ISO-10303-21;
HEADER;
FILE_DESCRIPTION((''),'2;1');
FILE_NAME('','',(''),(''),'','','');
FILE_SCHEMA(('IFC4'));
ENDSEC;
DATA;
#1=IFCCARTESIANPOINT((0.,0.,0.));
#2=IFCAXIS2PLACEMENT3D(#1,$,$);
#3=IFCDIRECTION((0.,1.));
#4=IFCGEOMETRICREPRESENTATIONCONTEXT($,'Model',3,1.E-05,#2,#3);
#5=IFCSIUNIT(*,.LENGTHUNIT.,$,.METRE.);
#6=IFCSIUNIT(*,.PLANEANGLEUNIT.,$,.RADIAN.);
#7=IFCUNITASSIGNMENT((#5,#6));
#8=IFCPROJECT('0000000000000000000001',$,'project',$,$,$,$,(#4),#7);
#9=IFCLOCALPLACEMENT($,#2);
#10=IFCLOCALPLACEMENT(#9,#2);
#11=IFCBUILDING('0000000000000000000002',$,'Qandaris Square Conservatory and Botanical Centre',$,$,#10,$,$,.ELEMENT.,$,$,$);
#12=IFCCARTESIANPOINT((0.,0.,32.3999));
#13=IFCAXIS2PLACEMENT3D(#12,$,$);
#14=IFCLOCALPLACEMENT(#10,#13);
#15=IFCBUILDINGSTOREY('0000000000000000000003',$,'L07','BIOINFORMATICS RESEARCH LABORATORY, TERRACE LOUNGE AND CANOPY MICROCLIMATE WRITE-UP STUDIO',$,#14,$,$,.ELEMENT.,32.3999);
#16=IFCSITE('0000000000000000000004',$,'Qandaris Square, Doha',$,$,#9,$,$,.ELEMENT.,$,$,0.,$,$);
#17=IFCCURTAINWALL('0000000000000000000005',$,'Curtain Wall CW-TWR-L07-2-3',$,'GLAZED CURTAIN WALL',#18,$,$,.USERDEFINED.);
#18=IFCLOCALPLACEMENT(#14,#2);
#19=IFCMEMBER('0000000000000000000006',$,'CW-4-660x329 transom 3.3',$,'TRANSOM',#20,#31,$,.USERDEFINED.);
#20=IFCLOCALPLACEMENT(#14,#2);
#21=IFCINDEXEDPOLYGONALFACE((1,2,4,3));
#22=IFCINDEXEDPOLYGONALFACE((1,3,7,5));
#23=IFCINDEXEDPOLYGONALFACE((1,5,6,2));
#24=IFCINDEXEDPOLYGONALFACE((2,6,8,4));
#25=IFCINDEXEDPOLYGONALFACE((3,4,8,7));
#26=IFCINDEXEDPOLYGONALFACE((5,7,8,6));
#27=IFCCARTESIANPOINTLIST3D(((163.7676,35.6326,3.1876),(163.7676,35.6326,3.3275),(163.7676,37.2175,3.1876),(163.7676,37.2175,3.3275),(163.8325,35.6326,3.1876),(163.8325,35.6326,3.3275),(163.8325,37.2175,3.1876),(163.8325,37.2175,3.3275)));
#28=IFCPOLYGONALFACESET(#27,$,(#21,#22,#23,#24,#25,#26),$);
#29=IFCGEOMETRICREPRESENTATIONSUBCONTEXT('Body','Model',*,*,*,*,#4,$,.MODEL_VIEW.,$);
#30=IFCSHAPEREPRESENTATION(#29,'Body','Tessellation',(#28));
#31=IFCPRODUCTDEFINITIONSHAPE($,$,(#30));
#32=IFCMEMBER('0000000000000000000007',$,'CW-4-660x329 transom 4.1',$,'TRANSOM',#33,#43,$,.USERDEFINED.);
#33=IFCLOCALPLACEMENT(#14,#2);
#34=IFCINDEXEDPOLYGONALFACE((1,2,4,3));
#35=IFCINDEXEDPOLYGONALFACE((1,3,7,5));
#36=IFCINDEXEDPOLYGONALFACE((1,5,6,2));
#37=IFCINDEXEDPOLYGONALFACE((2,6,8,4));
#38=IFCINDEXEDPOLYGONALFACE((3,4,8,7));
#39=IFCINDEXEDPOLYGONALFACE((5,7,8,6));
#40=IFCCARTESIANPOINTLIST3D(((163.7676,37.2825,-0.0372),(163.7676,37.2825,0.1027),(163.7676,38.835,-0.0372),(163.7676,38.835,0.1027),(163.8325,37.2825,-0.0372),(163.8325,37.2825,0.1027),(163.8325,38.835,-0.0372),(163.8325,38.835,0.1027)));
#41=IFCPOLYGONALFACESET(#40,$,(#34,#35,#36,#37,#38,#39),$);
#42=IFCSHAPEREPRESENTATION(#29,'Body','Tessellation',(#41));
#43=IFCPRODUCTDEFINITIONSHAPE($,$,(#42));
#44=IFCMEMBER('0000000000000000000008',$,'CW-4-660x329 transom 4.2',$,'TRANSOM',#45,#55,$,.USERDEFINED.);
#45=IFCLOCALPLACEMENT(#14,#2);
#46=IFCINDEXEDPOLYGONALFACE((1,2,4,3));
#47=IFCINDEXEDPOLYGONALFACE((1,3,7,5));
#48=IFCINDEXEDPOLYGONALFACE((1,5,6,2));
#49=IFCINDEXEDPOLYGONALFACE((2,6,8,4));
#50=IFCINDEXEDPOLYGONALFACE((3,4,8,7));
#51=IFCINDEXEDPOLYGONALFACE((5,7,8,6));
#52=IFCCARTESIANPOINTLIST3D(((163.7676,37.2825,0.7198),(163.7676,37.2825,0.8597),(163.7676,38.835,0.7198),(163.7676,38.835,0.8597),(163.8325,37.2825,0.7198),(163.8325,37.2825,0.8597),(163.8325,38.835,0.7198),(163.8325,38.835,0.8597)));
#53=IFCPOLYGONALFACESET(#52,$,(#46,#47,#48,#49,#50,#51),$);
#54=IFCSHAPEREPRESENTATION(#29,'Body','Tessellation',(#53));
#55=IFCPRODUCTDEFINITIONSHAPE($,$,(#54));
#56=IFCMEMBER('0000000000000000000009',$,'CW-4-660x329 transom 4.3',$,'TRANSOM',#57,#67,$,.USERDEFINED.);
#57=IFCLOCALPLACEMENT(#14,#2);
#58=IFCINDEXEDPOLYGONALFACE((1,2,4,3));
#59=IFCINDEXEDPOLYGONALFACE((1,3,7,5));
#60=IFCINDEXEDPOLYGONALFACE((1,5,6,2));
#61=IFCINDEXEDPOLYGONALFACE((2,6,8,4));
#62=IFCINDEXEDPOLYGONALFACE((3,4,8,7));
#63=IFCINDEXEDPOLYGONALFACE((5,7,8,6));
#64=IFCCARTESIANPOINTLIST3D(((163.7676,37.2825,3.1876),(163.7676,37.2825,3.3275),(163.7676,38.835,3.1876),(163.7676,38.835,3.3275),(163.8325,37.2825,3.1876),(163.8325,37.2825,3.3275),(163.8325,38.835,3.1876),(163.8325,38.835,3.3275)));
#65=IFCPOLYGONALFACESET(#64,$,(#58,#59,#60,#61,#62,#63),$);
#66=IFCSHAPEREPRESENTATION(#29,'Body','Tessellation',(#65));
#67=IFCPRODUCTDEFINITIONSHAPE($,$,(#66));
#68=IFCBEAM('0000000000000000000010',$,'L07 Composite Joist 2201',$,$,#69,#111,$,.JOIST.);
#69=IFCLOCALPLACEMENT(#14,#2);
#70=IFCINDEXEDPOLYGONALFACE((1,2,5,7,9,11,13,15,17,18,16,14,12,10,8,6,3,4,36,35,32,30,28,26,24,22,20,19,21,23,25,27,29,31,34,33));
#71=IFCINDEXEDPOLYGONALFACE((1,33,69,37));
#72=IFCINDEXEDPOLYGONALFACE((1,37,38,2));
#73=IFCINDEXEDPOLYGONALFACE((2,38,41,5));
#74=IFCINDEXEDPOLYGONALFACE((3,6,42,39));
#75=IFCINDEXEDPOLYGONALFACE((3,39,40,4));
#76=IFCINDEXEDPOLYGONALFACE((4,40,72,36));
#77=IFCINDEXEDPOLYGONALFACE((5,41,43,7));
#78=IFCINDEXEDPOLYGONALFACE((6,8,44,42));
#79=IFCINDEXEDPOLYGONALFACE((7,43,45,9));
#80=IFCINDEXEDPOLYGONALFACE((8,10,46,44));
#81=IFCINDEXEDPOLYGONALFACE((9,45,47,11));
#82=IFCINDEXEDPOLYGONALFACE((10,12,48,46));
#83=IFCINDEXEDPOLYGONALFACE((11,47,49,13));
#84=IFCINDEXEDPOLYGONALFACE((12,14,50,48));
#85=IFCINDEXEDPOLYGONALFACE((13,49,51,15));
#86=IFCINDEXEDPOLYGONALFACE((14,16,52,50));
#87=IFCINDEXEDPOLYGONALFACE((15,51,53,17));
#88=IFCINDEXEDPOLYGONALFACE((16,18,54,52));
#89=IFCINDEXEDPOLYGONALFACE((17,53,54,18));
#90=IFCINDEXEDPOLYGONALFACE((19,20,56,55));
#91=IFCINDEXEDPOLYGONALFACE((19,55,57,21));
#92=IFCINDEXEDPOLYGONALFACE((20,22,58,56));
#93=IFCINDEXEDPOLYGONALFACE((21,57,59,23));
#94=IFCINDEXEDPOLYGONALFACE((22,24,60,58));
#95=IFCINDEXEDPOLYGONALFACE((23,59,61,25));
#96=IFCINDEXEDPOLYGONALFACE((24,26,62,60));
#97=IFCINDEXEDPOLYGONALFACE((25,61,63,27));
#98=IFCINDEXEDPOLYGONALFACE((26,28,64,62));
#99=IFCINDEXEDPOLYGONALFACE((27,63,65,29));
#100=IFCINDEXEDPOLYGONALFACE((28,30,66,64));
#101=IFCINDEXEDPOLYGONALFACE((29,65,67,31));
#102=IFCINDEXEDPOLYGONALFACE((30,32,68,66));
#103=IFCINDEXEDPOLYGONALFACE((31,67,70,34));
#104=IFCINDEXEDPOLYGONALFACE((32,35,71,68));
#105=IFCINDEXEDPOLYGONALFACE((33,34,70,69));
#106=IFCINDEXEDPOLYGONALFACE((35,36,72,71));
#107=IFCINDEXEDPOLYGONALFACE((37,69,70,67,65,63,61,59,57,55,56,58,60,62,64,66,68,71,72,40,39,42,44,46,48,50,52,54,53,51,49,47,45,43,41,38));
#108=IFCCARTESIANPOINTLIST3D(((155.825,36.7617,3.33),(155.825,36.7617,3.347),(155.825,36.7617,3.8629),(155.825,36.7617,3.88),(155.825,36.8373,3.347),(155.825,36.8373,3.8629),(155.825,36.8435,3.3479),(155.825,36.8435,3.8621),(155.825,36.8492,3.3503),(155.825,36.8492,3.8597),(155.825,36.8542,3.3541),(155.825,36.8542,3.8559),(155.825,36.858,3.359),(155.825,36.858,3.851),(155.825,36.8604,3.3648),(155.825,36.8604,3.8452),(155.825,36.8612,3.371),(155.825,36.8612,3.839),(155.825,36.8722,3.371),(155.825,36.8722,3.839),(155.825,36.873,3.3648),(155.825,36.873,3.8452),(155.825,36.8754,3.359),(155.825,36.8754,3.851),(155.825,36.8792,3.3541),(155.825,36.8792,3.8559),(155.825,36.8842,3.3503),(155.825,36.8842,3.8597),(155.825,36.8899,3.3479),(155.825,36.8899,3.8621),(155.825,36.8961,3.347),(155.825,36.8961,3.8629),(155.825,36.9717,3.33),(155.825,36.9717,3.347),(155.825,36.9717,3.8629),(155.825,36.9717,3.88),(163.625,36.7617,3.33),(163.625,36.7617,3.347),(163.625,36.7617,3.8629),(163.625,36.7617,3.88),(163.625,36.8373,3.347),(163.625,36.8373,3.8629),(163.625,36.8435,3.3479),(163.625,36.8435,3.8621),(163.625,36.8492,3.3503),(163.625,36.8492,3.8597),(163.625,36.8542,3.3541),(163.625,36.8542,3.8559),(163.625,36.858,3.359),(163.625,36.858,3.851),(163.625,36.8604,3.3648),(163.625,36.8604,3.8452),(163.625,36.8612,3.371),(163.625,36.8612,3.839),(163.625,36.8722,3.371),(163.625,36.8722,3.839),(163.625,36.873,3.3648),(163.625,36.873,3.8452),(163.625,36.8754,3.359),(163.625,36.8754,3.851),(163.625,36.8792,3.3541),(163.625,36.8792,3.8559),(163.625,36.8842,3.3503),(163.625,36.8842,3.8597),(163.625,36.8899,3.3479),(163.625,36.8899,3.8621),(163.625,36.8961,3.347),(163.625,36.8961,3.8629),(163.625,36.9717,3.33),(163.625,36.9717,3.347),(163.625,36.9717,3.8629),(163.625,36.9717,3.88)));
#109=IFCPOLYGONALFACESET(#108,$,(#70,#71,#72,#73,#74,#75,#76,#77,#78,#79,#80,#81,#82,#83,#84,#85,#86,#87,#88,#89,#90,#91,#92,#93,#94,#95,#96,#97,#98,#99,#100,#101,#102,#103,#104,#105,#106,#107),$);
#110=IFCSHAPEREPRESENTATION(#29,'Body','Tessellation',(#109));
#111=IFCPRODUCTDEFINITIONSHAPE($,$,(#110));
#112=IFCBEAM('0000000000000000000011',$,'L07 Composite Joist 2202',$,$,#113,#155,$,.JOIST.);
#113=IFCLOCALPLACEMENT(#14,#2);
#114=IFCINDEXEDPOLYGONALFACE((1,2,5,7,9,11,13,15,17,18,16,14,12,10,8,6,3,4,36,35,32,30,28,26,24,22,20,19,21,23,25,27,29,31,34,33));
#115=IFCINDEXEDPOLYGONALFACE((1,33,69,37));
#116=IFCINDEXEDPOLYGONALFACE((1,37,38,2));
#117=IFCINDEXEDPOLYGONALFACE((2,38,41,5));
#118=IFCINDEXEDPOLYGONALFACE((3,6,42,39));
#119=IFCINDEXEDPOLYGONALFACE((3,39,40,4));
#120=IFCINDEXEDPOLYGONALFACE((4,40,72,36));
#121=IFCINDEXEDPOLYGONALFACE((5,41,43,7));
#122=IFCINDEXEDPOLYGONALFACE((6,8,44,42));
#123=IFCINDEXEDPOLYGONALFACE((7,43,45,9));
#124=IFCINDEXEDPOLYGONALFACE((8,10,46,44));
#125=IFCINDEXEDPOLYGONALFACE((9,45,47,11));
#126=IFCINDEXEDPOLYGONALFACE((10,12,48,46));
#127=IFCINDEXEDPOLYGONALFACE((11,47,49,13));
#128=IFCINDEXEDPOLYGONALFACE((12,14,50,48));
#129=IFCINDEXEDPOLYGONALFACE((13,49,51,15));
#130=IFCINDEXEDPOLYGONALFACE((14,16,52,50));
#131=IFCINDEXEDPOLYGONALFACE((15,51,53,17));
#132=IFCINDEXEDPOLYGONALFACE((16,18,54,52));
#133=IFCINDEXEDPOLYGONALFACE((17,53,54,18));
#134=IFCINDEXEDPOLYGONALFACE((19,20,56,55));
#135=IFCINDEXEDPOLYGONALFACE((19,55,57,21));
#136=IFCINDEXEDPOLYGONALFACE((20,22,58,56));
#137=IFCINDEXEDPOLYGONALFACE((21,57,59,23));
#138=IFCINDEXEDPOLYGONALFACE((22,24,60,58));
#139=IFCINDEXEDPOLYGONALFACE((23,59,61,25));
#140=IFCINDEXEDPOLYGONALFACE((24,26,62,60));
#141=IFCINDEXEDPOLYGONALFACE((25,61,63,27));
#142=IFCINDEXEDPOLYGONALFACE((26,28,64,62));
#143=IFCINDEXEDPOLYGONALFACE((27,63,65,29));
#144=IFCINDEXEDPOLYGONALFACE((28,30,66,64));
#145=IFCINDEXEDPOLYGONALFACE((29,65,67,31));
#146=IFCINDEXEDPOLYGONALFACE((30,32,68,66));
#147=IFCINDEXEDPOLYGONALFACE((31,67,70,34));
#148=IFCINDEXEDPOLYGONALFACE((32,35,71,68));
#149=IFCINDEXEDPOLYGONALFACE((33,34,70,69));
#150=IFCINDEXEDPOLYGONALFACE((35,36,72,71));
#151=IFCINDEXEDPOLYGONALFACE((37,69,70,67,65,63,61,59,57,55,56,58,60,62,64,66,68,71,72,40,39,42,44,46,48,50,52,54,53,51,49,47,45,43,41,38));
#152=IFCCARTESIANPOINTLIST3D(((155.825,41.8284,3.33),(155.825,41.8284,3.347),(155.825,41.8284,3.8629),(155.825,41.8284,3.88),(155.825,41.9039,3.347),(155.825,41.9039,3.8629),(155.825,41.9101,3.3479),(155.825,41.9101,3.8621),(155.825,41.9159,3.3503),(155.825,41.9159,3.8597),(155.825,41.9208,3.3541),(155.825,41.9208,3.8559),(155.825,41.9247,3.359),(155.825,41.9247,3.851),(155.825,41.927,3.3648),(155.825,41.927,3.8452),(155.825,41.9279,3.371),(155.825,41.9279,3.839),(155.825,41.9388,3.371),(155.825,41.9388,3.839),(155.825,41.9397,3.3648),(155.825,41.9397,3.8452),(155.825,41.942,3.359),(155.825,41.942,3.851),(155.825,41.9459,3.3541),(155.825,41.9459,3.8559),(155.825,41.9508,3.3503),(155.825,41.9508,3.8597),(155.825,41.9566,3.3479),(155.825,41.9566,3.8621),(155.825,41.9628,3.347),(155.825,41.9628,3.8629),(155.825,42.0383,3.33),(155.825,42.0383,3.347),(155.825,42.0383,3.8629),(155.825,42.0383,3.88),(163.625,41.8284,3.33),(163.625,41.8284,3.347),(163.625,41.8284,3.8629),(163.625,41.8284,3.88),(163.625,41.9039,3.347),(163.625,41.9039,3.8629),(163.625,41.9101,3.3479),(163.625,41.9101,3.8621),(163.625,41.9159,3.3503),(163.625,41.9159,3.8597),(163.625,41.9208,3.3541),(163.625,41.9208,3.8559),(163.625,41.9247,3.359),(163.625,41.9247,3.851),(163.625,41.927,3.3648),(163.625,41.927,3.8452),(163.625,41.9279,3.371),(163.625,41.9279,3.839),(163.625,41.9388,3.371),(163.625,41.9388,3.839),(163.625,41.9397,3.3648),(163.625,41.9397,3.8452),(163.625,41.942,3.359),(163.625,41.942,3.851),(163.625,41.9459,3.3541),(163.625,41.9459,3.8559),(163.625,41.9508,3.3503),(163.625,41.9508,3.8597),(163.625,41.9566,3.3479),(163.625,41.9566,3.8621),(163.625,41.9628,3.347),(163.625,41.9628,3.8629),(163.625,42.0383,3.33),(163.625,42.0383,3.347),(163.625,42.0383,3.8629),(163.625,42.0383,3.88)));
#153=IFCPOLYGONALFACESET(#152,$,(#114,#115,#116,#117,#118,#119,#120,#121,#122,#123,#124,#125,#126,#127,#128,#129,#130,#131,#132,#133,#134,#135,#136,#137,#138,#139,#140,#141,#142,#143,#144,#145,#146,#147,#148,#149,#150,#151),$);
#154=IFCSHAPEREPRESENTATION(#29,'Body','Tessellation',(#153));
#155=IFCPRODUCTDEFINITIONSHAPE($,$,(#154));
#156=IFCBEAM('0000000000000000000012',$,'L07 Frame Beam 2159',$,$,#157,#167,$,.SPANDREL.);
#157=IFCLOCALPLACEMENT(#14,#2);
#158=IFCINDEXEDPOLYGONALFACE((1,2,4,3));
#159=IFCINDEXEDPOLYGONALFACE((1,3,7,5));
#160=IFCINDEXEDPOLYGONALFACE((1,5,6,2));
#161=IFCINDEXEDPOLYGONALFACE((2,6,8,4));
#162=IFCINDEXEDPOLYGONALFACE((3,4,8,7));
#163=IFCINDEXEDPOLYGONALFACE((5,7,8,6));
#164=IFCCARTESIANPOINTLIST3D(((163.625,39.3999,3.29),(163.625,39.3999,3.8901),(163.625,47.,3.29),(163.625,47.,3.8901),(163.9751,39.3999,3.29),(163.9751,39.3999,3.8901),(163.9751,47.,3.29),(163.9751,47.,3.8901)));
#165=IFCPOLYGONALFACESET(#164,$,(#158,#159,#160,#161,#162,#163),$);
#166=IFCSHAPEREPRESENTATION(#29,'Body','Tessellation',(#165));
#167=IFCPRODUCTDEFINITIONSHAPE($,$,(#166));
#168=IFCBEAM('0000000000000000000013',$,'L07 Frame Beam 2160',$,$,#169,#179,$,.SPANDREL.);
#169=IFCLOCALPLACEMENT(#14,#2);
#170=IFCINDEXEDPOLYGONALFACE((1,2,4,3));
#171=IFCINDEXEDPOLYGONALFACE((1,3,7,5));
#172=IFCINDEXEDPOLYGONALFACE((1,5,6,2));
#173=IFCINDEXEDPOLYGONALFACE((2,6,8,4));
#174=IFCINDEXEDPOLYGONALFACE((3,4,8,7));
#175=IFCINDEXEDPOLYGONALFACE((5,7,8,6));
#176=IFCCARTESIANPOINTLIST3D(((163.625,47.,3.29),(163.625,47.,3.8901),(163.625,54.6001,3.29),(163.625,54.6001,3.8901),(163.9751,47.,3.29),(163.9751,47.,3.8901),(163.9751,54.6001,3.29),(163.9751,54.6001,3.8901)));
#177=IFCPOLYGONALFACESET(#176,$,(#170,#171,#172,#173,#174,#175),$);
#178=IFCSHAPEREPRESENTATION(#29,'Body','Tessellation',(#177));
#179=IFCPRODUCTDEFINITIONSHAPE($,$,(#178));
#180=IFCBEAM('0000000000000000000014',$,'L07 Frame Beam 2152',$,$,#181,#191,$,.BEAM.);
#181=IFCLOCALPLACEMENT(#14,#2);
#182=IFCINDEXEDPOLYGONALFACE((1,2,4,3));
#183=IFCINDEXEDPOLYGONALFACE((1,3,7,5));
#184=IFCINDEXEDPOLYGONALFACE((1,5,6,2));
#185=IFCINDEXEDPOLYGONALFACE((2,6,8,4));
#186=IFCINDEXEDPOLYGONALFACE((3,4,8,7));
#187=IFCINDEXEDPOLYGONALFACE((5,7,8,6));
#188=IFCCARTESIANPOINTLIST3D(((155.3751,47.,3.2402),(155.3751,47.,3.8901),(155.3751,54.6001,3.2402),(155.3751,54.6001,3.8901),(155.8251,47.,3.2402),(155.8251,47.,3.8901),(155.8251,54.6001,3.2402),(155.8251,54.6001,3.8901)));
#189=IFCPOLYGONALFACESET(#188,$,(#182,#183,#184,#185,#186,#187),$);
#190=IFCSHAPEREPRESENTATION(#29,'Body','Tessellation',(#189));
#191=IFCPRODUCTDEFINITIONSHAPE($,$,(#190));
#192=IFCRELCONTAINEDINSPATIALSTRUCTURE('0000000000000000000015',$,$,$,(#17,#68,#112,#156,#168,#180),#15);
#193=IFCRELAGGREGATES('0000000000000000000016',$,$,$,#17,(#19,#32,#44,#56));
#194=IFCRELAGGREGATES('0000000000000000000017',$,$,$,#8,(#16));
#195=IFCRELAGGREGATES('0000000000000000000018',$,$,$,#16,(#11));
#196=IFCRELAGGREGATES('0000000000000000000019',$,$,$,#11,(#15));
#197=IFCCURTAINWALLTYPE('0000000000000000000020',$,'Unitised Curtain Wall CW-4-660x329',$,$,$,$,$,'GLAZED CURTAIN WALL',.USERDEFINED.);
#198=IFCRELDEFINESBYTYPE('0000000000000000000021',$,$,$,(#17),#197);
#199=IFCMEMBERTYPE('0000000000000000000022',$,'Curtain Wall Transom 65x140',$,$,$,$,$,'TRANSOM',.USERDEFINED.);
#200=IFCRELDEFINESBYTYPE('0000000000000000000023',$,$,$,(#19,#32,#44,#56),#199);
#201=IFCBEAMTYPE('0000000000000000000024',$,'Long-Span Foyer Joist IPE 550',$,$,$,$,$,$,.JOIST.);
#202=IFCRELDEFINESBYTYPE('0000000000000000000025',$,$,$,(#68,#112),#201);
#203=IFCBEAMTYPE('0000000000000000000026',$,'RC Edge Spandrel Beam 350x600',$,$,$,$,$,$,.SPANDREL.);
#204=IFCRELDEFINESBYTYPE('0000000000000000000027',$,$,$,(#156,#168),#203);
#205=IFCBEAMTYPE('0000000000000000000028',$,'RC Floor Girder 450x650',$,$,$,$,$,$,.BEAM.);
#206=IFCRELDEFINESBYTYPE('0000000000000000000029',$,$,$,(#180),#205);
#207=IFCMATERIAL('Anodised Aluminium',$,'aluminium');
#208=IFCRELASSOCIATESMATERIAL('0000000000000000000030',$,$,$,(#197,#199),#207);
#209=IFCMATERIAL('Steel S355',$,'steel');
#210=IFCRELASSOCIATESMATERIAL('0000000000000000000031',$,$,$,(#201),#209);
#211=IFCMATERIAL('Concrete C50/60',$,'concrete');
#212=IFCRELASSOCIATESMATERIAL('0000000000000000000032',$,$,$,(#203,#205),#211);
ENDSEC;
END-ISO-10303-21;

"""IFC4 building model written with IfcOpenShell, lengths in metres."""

from ifc_helpers import new_model, si_unit, direction, frame, origin, origin_2d, place, context, subcontext, project, spatial, rectangle, i_section, extrude, material, material_profile, profile_set, type_object, element, aggregate, save


model = new_model("IFC4")

# Units and contexts
model_context = context("Model", 3, precision=1e-05, world=origin(), true_north=direction((0.0, 1.0)))
body_context = subcontext(model_context, "Body", "Model", "MODEL_VIEW")
ifc_project = project(units=[si_unit("LENGTHUNIT", "METRE"), si_unit("PLANEANGLEUNIT", "RADIAN")], contexts=[model_context])

# Site, building, storey
site_placement = place(None, origin())
site = spatial("IfcSite", under=ifc_project, at=site_placement, Name="Qandaris Square, Doha", CompositionType="ELEMENT", RefElevation=0.0)
building_placement = place(site_placement, origin())
building = spatial("IfcBuilding", under=site, at=building_placement, Name="Qandaris Square Conservatory and Botanical Centre", CompositionType="ELEMENT")
storey_placement = place(building_placement, frame((0.0, 0.0, 32.3999)))
storey = spatial("IfcBuildingStorey", under=building, at=storey_placement, Name="L07", Description="BIOINFORMATICS RESEARCH LABORATORY, TERRACE LOUNGE AND CANOPY MICROCLIMATE WRITE-UP STUDIO", CompositionType="ELEMENT", Elevation=32.3999)

# Shared definitions
ifc_material_1 = material(Name="Concrete C50/60", Category="concrete")

# Shared definitions
ifc_material_2 = material(Name="Steel S355", Category="steel")

# Curtain wall, members
ifc_material_3 = material(Name="Anodised Aluminium", Category="aluminium")
curtain_wall_type = type_object("IfcCurtainWallType", Name="Unitised Curtain Wall CW-4-660x329", ElementType="GLAZED CURTAIN WALL", PredefinedType="USERDEFINED", material=ifc_material_3)
curtain_wall_placement = place(storey_placement, origin())
curtain_wall = element("IfcCurtainWall", 1, at=curtain_wall_placement, inside=storey, type_object=curtain_wall_type, Name="Curtain Wall CW-TWR-L07-2-3", ObjectType="GLAZED CURTAIN WALL", PredefinedType="USERDEFINED")
ifc_material_profile_1 = material_profile(ifc_material_3, rectangle(XDim=0.0649, YDim=0.1399, at=origin_2d()), Name="ALU-TRN 65x140")
ifc_profile_set_1 = profile_set([ifc_material_profile_1], Name="Anodised Aluminium")
member_type_1 = type_object("IfcMemberType", Name="Curtain Wall Transom 65x140", ElementType="TRANSOM", PredefinedType="USERDEFINED", material=ifc_profile_set_1)
member_1_placement = place(storey_placement, frame((163.8, 35.6326, 3.2576), z_axis=(0.0, 1.0, 0.0), x_axis=(-1.0, 0.0, 0.0)))
member_1 = element("IfcMember", 2, at=member_1_placement, type_object=member_type_1, Name="CW-4-660x329 transom 3.3", ObjectType="TRANSOM", PredefinedType="USERDEFINED", context=body_context, shape_type="SweptSolid", body=[
    extrude(rectangle(XDim=0.0649, YDim=0.1399, at=origin_2d()), origin(), (0.0, 0.0, 1.0), 1.585),
])
member_2_placement = place(storey_placement, frame((163.8, 37.2825, 0.0327), z_axis=(0.0, 1.0, 0.0), x_axis=(-1.0, 0.0, 0.0)))
member_2 = element("IfcMember", 3, at=member_2_placement, type_object=member_type_1, Name="CW-4-660x329 transom 4.1", ObjectType="TRANSOM", PredefinedType="USERDEFINED", context=body_context, shape_type="SweptSolid", body=[
    extrude(rectangle(XDim=0.0649, YDim=0.1399, at=origin_2d()), origin(), (0.0, 0.0, 1.0), 1.5525),
])
member_3_placement = place(storey_placement, frame((163.8, 37.2825, 0.7898), z_axis=(0.0, 1.0, 0.0), x_axis=(-1.0, 0.0, 0.0)))
member_3 = element("IfcMember", 4, at=member_3_placement, type_object=member_type_1, Name="CW-4-660x329 transom 4.2", ObjectType="TRANSOM", PredefinedType="USERDEFINED", context=body_context, shape_type="SweptSolid", body=[
    extrude(rectangle(XDim=0.0649, YDim=0.1399, at=origin_2d()), origin(), (0.0, 0.0, 1.0), 1.5525),
])
member_4_placement = place(storey_placement, frame((163.8, 37.2825, 3.2576), z_axis=(0.0, 1.0, 0.0), x_axis=(-1.0, 0.0, 0.0)))
member_4 = element("IfcMember", 5, at=member_4_placement, type_object=member_type_1, Name="CW-4-660x329 transom 4.3", ObjectType="TRANSOM", PredefinedType="USERDEFINED", context=body_context, shape_type="SweptSolid", body=[
    extrude(rectangle(XDim=0.0649, YDim=0.1399, at=origin_2d()), origin(), (0.0, 0.0, 1.0), 1.5525),
])

# Beams
ifc_material_profile_2 = material_profile(ifc_material_2, i_section(OverallWidth=0.21, OverallDepth=0.55, WebThickness=0.011, FlangeThickness=0.0171, FilletRadius=0.0239, at=origin_2d()), Name="IPE 550")
ifc_profile_set_2 = profile_set([ifc_material_profile_2], Name="Steel S355")
beam_type_1 = type_object("IfcBeamType", Name="Long-Span Foyer Joist IPE 550", PredefinedType="JOIST", material=ifc_profile_set_2)
for number, where, z_axis, x_axis, name in (
    (6, (155.825, 36.8667, 3.605), (1.0, 0.0, 0.0), (0.0, 1.0, 0.0), "L07 Composite Joist 2201"),
    (7, (155.825, 41.9333, 3.605), (1.0, 0.0, 0.0), (0.0, 1.0, 0.0), "L07 Composite Joist 2202"),
):
    element("IfcBeam", number, at=place(storey_placement, frame(where, z_axis=z_axis, x_axis=x_axis)), inside=storey, type_object=beam_type_1, Name=name, PredefinedType="JOIST", context=body_context, shape_type="SweptSolid", body=[
        extrude(i_section(OverallWidth=0.21, OverallDepth=0.55, WebThickness=0.011, FlangeThickness=0.0171, FilletRadius=0.0239, at=origin_2d()), origin(), (0.0, 0.0, 1.0), 7.8),
    ])
ifc_material_profile_3 = material_profile(ifc_material_1, rectangle(XDim=0.3501, YDim=0.6001, at=origin_2d()), Name="RC-SP 350x600")
ifc_profile_set_3 = profile_set([ifc_material_profile_3], Name="Concrete C50/60")
beam_type_2 = type_object("IfcBeamType", Name="RC Edge Spandrel Beam 350x600", PredefinedType="SPANDREL", material=ifc_profile_set_3)
for number, where, z_axis, x_axis, name in (
    (8, (163.8, 39.3999, 3.5901), (0.0, 1.0, 0.0), (-1.0, 0.0, 0.0), "L07 Frame Beam 2159"),
    (9, (163.8, 47.0, 3.5901), (0.0, 1.0, 0.0), (-1.0, 0.0, 0.0), "L07 Frame Beam 2160"),
):
    element("IfcBeam", number, at=place(storey_placement, frame(where, z_axis=z_axis, x_axis=x_axis)), inside=storey, type_object=beam_type_2, Name=name, PredefinedType="SPANDREL", context=body_context, shape_type="SweptSolid", body=[
        extrude(rectangle(XDim=0.3501, YDim=0.6001, at=origin_2d()), origin(), (0.0, 0.0, 1.0), 7.6001),
    ])
ifc_material_profile_4 = material_profile(ifc_material_1, rectangle(XDim=0.45, YDim=0.6499, at=origin_2d()), Name="RC-BM 450x650")
ifc_profile_set_4 = profile_set([ifc_material_profile_4], Name="Concrete C50/60")
beam_type_3 = type_object("IfcBeamType", Name="RC Floor Girder 450x650", PredefinedType="BEAM", material=ifc_profile_set_4)
beam_1_placement = place(storey_placement, frame((155.6001, 47.0, 3.5652), z_axis=(0.0, 1.0, 0.0), x_axis=(-1.0, 0.0, 0.0)))
element("IfcBeam", 10, at=beam_1_placement, inside=storey, type_object=beam_type_3, Name="L07 Frame Beam 2152", PredefinedType="BEAM", context=body_context, shape_type="SweptSolid", body=[
    extrude(rectangle(XDim=0.45, YDim=0.6499, at=origin_2d()), origin(), (0.0, 0.0, 1.0), 7.6001),
])

aggregate(curtain_wall, [member_1, member_2, member_3, member_4])

save(model, "model.ifc")
